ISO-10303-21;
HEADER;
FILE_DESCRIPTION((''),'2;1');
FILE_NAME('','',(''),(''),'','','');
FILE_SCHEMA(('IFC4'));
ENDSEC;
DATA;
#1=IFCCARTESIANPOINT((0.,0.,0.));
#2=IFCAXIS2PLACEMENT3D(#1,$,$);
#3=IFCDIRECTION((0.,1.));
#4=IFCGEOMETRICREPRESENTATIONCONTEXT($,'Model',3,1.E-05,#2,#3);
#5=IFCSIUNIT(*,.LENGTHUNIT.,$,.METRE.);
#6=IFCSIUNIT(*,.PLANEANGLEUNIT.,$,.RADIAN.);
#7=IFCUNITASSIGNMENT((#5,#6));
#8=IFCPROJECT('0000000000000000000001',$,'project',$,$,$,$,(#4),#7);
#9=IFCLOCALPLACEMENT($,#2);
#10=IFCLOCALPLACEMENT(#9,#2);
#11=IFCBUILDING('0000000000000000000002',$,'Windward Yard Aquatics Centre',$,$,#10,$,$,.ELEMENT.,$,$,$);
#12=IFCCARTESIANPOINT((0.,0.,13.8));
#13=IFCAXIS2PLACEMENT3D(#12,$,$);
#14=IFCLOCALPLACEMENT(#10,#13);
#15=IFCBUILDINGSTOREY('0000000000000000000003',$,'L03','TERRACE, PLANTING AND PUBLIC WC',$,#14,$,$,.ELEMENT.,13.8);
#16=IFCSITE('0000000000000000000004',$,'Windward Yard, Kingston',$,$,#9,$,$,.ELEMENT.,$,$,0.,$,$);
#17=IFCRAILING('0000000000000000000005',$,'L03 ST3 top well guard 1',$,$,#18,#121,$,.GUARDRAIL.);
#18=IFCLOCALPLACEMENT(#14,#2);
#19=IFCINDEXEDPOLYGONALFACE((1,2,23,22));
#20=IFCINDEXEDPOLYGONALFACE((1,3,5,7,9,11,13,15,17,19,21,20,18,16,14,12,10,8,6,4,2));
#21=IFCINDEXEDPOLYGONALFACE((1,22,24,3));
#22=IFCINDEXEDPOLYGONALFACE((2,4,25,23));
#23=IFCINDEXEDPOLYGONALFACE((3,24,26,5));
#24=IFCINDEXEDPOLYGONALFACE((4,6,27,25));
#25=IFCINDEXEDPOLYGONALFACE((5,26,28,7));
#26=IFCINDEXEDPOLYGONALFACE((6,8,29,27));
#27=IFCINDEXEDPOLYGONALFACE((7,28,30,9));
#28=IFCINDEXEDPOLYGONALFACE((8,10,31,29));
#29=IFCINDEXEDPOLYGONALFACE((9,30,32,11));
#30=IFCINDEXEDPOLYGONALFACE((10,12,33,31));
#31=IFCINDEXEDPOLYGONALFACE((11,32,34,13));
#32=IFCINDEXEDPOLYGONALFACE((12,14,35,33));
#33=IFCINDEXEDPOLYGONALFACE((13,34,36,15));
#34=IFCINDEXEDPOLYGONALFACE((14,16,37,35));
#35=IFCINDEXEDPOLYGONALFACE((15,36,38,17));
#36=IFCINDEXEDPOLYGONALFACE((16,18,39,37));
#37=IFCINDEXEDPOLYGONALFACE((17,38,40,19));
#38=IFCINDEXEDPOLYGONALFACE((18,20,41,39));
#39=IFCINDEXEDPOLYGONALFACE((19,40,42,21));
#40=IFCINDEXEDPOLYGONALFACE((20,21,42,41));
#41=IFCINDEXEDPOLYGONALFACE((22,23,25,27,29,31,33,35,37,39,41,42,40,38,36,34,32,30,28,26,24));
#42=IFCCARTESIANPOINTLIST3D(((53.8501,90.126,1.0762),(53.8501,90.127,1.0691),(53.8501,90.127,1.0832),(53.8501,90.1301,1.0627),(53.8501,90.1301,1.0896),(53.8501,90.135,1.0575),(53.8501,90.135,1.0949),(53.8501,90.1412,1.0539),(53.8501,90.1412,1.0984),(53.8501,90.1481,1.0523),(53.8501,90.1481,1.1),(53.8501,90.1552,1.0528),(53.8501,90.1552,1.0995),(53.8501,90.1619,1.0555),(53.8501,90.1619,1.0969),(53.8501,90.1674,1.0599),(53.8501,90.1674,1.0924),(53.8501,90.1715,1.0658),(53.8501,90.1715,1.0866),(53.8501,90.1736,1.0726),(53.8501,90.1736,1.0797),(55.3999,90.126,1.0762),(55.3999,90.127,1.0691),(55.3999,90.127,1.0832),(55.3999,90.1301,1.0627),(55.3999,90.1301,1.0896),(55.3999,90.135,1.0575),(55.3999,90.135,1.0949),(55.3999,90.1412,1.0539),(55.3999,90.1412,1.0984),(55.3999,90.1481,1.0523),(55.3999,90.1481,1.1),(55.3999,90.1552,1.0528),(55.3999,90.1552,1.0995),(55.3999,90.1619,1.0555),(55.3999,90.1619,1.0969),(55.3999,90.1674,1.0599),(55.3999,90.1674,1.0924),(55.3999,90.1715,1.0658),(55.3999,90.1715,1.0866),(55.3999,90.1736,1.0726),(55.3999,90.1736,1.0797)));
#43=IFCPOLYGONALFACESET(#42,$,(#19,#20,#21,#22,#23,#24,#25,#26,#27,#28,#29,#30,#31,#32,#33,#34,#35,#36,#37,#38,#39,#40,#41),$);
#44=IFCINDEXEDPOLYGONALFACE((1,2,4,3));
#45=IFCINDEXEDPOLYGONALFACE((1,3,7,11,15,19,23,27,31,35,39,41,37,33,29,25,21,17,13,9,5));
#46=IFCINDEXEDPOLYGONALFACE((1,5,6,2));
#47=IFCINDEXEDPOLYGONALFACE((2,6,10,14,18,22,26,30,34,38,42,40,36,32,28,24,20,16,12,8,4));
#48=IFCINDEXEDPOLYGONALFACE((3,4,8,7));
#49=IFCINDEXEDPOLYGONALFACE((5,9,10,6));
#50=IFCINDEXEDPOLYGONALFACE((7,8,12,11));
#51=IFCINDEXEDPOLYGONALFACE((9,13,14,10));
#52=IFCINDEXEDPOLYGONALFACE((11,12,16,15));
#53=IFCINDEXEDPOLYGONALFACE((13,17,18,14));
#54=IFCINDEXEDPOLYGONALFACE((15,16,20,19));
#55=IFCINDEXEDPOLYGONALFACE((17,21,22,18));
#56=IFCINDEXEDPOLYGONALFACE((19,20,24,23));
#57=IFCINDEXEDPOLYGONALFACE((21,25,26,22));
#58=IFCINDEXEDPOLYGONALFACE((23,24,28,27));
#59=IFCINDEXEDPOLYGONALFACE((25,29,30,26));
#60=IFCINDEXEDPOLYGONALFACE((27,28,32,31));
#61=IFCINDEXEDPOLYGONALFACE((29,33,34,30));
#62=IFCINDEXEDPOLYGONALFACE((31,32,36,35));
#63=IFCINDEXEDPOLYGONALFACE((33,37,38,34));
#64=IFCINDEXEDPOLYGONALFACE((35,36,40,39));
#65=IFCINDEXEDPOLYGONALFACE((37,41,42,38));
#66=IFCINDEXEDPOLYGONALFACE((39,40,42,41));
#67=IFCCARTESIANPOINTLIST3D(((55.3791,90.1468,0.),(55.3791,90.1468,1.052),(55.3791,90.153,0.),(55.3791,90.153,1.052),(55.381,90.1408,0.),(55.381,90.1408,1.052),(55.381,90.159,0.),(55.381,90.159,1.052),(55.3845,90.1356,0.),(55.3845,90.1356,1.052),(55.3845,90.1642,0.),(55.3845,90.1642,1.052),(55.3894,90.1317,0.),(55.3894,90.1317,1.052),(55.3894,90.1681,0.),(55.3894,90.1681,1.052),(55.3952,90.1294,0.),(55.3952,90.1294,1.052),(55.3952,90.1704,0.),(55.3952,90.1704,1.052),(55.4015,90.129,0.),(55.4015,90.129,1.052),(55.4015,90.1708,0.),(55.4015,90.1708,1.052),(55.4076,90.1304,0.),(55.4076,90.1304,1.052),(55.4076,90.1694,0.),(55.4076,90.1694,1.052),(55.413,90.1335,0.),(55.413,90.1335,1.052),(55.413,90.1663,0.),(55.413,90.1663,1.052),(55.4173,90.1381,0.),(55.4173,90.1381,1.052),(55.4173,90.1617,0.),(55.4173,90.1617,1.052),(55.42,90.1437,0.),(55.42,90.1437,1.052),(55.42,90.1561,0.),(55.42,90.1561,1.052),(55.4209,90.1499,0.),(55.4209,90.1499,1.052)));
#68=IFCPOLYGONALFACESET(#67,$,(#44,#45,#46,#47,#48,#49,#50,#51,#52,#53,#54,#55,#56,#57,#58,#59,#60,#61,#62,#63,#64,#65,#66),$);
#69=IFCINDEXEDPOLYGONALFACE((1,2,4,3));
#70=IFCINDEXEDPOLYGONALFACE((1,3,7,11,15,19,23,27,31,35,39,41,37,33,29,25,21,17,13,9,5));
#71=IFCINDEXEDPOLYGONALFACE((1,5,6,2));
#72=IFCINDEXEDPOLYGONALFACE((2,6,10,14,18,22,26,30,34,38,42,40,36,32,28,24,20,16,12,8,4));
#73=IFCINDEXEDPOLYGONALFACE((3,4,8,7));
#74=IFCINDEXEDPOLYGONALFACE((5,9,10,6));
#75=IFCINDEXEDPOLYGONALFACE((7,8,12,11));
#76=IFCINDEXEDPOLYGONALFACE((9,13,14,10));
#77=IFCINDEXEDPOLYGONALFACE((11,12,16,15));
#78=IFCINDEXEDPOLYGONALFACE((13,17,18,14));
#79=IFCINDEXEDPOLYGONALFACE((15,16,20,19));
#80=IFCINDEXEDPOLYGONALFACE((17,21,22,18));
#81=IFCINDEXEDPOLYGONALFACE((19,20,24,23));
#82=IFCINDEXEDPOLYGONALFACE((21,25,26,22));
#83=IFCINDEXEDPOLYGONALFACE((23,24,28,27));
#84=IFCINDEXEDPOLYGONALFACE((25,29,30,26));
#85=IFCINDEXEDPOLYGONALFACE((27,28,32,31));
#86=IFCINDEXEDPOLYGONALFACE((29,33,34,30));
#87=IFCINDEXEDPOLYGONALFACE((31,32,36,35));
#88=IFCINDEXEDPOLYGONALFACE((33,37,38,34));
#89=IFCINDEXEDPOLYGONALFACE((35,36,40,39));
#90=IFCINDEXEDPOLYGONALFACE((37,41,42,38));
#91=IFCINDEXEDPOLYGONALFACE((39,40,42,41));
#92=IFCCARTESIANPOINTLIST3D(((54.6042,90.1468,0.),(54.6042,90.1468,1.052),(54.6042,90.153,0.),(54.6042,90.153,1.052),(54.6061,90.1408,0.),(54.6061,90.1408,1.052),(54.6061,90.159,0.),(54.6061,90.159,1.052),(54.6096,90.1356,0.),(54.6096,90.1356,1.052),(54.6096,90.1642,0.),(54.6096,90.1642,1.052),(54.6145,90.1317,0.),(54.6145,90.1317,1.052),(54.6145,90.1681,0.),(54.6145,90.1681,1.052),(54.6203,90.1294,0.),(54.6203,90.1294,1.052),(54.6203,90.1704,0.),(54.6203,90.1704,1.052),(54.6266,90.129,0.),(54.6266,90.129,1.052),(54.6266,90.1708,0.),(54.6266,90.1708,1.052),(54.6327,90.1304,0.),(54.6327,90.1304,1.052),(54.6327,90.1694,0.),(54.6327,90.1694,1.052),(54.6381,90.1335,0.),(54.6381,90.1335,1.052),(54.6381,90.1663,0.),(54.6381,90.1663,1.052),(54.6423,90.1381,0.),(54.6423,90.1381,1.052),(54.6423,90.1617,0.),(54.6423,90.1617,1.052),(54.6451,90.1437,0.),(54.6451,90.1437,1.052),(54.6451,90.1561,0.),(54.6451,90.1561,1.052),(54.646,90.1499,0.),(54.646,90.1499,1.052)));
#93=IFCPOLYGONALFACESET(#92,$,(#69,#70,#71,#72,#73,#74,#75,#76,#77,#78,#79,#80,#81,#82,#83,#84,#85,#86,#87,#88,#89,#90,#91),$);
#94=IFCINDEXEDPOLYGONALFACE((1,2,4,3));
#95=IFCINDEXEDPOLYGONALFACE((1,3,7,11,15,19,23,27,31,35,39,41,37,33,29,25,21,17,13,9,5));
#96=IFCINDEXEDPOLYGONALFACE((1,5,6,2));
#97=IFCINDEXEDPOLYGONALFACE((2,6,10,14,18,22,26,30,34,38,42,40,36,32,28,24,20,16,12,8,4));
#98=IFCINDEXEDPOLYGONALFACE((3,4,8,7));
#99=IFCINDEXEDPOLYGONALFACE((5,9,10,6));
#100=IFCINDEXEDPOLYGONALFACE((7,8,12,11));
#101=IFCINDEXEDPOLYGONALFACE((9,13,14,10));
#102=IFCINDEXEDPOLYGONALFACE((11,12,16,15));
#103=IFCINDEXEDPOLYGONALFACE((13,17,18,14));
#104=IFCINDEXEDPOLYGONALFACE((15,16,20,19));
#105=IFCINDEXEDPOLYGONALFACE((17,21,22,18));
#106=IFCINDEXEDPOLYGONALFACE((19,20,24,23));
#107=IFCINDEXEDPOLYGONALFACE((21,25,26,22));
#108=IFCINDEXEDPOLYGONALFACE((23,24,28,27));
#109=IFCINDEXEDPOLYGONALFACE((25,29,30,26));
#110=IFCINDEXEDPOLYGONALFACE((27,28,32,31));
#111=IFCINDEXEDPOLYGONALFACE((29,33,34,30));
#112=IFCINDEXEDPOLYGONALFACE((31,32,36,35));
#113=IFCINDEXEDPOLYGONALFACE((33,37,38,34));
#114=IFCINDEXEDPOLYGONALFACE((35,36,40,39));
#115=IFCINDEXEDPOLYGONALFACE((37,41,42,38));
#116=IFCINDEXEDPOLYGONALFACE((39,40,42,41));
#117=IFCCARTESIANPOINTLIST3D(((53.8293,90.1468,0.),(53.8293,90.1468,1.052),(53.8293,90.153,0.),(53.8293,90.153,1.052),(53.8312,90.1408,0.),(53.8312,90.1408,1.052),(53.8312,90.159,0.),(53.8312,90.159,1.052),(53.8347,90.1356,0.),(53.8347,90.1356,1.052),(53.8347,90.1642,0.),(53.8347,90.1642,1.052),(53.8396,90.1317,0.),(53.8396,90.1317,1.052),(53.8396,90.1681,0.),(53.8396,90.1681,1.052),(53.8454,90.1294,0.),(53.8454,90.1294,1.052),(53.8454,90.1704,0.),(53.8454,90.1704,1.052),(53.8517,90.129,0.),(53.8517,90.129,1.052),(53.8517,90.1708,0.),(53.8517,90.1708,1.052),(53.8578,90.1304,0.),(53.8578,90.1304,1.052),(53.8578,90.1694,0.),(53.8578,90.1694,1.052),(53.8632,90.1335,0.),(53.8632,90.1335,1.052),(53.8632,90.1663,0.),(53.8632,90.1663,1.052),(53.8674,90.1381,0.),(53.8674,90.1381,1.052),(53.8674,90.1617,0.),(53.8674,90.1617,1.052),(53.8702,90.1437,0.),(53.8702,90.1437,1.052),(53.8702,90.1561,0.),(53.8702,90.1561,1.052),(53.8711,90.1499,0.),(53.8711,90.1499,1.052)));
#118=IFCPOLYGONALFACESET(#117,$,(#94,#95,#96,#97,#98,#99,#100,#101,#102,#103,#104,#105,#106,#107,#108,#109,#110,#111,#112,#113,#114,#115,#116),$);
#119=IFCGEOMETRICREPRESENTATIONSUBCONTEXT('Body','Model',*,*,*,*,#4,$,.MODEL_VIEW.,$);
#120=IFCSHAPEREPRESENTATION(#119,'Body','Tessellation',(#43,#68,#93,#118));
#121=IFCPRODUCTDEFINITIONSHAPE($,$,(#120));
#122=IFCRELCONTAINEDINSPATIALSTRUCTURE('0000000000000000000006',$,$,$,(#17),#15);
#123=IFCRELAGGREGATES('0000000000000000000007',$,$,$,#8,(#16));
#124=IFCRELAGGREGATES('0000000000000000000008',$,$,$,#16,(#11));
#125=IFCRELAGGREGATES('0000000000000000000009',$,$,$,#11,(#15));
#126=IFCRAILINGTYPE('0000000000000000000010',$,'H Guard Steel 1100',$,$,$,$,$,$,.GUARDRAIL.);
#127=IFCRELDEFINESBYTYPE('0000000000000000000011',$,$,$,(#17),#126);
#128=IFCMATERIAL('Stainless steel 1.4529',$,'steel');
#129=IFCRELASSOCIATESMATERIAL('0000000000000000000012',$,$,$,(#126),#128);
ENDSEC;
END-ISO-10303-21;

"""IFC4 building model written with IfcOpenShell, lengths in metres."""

from ifc_helpers import new_model, si_unit, direction, frame, origin, origin_2d, place, context, subcontext, project, spatial, circle, extrude, material, type_object, element, save


model = new_model("IFC4")

# Units and contexts
model_context = context("Model", 3, precision=1e-05, world=origin(), true_north=direction((0.0, 1.0)))
body_context = subcontext(model_context, "Body", "Model", "MODEL_VIEW")
ifc_project = project(units=[si_unit("LENGTHUNIT", "METRE"), si_unit("PLANEANGLEUNIT", "RADIAN")], contexts=[model_context])

# Site, building, storey
site_placement = place(None, origin())
site = spatial("IfcSite", under=ifc_project, at=site_placement, Name="Windward Yard, Kingston", CompositionType="ELEMENT", RefElevation=0.0)
building_placement = place(site_placement, origin())
building = spatial("IfcBuilding", under=site, at=building_placement, Name="Windward Yard Aquatics Centre", CompositionType="ELEMENT")
storey_placement = place(building_placement, frame((0.0, 0.0, 13.8)))
storey = spatial("IfcBuildingStorey", under=building, at=storey_placement, Name="L03", Description="TERRACE, PLANTING AND PUBLIC WC", CompositionType="ELEMENT", Elevation=13.8)

# Railing
ifc_material_1 = material(Name="Stainless steel 1.4529", Category="steel")
railing_type_1 = type_object("IfcRailingType", Name="H Guard Steel 1100", PredefinedType="GUARDRAIL", material=ifc_material_1)
railing_1_placement = place(storey_placement, frame((55.3999, 90.1499, 0.0)))
element("IfcRailing", 1, at=railing_1_placement, inside=storey, type_object=railing_type_1, Name="L03 ST3 top well guard 1", PredefinedType="GUARDRAIL", context=body_context, shape_type="SweptSolid", body=[
    extrude(circle(Radius=0.0239, at=origin_2d()), frame((0.0, 0.0, 1.0762), z_axis=(-1.0, 0.0, 0.0), x_axis=(0.0, -1.0, 0.0)), (0.0, 0.0, 1.0), 1.5498),
    extrude(circle(Radius=0.021, at=origin_2d()), origin(), (0.0, 0.0, 1.0), 1.052),
    extrude(circle(Radius=0.021, at=origin_2d()), frame((-0.7749, 0.0, 0.0)), (0.0, 0.0, 1.0), 1.052),
    extrude(circle(Radius=0.021, at=origin_2d()), frame((-1.5498, 0.0, 0.0)), (0.0, 0.0, 1.0), 1.052),
])

save(model, "model.ifc")
